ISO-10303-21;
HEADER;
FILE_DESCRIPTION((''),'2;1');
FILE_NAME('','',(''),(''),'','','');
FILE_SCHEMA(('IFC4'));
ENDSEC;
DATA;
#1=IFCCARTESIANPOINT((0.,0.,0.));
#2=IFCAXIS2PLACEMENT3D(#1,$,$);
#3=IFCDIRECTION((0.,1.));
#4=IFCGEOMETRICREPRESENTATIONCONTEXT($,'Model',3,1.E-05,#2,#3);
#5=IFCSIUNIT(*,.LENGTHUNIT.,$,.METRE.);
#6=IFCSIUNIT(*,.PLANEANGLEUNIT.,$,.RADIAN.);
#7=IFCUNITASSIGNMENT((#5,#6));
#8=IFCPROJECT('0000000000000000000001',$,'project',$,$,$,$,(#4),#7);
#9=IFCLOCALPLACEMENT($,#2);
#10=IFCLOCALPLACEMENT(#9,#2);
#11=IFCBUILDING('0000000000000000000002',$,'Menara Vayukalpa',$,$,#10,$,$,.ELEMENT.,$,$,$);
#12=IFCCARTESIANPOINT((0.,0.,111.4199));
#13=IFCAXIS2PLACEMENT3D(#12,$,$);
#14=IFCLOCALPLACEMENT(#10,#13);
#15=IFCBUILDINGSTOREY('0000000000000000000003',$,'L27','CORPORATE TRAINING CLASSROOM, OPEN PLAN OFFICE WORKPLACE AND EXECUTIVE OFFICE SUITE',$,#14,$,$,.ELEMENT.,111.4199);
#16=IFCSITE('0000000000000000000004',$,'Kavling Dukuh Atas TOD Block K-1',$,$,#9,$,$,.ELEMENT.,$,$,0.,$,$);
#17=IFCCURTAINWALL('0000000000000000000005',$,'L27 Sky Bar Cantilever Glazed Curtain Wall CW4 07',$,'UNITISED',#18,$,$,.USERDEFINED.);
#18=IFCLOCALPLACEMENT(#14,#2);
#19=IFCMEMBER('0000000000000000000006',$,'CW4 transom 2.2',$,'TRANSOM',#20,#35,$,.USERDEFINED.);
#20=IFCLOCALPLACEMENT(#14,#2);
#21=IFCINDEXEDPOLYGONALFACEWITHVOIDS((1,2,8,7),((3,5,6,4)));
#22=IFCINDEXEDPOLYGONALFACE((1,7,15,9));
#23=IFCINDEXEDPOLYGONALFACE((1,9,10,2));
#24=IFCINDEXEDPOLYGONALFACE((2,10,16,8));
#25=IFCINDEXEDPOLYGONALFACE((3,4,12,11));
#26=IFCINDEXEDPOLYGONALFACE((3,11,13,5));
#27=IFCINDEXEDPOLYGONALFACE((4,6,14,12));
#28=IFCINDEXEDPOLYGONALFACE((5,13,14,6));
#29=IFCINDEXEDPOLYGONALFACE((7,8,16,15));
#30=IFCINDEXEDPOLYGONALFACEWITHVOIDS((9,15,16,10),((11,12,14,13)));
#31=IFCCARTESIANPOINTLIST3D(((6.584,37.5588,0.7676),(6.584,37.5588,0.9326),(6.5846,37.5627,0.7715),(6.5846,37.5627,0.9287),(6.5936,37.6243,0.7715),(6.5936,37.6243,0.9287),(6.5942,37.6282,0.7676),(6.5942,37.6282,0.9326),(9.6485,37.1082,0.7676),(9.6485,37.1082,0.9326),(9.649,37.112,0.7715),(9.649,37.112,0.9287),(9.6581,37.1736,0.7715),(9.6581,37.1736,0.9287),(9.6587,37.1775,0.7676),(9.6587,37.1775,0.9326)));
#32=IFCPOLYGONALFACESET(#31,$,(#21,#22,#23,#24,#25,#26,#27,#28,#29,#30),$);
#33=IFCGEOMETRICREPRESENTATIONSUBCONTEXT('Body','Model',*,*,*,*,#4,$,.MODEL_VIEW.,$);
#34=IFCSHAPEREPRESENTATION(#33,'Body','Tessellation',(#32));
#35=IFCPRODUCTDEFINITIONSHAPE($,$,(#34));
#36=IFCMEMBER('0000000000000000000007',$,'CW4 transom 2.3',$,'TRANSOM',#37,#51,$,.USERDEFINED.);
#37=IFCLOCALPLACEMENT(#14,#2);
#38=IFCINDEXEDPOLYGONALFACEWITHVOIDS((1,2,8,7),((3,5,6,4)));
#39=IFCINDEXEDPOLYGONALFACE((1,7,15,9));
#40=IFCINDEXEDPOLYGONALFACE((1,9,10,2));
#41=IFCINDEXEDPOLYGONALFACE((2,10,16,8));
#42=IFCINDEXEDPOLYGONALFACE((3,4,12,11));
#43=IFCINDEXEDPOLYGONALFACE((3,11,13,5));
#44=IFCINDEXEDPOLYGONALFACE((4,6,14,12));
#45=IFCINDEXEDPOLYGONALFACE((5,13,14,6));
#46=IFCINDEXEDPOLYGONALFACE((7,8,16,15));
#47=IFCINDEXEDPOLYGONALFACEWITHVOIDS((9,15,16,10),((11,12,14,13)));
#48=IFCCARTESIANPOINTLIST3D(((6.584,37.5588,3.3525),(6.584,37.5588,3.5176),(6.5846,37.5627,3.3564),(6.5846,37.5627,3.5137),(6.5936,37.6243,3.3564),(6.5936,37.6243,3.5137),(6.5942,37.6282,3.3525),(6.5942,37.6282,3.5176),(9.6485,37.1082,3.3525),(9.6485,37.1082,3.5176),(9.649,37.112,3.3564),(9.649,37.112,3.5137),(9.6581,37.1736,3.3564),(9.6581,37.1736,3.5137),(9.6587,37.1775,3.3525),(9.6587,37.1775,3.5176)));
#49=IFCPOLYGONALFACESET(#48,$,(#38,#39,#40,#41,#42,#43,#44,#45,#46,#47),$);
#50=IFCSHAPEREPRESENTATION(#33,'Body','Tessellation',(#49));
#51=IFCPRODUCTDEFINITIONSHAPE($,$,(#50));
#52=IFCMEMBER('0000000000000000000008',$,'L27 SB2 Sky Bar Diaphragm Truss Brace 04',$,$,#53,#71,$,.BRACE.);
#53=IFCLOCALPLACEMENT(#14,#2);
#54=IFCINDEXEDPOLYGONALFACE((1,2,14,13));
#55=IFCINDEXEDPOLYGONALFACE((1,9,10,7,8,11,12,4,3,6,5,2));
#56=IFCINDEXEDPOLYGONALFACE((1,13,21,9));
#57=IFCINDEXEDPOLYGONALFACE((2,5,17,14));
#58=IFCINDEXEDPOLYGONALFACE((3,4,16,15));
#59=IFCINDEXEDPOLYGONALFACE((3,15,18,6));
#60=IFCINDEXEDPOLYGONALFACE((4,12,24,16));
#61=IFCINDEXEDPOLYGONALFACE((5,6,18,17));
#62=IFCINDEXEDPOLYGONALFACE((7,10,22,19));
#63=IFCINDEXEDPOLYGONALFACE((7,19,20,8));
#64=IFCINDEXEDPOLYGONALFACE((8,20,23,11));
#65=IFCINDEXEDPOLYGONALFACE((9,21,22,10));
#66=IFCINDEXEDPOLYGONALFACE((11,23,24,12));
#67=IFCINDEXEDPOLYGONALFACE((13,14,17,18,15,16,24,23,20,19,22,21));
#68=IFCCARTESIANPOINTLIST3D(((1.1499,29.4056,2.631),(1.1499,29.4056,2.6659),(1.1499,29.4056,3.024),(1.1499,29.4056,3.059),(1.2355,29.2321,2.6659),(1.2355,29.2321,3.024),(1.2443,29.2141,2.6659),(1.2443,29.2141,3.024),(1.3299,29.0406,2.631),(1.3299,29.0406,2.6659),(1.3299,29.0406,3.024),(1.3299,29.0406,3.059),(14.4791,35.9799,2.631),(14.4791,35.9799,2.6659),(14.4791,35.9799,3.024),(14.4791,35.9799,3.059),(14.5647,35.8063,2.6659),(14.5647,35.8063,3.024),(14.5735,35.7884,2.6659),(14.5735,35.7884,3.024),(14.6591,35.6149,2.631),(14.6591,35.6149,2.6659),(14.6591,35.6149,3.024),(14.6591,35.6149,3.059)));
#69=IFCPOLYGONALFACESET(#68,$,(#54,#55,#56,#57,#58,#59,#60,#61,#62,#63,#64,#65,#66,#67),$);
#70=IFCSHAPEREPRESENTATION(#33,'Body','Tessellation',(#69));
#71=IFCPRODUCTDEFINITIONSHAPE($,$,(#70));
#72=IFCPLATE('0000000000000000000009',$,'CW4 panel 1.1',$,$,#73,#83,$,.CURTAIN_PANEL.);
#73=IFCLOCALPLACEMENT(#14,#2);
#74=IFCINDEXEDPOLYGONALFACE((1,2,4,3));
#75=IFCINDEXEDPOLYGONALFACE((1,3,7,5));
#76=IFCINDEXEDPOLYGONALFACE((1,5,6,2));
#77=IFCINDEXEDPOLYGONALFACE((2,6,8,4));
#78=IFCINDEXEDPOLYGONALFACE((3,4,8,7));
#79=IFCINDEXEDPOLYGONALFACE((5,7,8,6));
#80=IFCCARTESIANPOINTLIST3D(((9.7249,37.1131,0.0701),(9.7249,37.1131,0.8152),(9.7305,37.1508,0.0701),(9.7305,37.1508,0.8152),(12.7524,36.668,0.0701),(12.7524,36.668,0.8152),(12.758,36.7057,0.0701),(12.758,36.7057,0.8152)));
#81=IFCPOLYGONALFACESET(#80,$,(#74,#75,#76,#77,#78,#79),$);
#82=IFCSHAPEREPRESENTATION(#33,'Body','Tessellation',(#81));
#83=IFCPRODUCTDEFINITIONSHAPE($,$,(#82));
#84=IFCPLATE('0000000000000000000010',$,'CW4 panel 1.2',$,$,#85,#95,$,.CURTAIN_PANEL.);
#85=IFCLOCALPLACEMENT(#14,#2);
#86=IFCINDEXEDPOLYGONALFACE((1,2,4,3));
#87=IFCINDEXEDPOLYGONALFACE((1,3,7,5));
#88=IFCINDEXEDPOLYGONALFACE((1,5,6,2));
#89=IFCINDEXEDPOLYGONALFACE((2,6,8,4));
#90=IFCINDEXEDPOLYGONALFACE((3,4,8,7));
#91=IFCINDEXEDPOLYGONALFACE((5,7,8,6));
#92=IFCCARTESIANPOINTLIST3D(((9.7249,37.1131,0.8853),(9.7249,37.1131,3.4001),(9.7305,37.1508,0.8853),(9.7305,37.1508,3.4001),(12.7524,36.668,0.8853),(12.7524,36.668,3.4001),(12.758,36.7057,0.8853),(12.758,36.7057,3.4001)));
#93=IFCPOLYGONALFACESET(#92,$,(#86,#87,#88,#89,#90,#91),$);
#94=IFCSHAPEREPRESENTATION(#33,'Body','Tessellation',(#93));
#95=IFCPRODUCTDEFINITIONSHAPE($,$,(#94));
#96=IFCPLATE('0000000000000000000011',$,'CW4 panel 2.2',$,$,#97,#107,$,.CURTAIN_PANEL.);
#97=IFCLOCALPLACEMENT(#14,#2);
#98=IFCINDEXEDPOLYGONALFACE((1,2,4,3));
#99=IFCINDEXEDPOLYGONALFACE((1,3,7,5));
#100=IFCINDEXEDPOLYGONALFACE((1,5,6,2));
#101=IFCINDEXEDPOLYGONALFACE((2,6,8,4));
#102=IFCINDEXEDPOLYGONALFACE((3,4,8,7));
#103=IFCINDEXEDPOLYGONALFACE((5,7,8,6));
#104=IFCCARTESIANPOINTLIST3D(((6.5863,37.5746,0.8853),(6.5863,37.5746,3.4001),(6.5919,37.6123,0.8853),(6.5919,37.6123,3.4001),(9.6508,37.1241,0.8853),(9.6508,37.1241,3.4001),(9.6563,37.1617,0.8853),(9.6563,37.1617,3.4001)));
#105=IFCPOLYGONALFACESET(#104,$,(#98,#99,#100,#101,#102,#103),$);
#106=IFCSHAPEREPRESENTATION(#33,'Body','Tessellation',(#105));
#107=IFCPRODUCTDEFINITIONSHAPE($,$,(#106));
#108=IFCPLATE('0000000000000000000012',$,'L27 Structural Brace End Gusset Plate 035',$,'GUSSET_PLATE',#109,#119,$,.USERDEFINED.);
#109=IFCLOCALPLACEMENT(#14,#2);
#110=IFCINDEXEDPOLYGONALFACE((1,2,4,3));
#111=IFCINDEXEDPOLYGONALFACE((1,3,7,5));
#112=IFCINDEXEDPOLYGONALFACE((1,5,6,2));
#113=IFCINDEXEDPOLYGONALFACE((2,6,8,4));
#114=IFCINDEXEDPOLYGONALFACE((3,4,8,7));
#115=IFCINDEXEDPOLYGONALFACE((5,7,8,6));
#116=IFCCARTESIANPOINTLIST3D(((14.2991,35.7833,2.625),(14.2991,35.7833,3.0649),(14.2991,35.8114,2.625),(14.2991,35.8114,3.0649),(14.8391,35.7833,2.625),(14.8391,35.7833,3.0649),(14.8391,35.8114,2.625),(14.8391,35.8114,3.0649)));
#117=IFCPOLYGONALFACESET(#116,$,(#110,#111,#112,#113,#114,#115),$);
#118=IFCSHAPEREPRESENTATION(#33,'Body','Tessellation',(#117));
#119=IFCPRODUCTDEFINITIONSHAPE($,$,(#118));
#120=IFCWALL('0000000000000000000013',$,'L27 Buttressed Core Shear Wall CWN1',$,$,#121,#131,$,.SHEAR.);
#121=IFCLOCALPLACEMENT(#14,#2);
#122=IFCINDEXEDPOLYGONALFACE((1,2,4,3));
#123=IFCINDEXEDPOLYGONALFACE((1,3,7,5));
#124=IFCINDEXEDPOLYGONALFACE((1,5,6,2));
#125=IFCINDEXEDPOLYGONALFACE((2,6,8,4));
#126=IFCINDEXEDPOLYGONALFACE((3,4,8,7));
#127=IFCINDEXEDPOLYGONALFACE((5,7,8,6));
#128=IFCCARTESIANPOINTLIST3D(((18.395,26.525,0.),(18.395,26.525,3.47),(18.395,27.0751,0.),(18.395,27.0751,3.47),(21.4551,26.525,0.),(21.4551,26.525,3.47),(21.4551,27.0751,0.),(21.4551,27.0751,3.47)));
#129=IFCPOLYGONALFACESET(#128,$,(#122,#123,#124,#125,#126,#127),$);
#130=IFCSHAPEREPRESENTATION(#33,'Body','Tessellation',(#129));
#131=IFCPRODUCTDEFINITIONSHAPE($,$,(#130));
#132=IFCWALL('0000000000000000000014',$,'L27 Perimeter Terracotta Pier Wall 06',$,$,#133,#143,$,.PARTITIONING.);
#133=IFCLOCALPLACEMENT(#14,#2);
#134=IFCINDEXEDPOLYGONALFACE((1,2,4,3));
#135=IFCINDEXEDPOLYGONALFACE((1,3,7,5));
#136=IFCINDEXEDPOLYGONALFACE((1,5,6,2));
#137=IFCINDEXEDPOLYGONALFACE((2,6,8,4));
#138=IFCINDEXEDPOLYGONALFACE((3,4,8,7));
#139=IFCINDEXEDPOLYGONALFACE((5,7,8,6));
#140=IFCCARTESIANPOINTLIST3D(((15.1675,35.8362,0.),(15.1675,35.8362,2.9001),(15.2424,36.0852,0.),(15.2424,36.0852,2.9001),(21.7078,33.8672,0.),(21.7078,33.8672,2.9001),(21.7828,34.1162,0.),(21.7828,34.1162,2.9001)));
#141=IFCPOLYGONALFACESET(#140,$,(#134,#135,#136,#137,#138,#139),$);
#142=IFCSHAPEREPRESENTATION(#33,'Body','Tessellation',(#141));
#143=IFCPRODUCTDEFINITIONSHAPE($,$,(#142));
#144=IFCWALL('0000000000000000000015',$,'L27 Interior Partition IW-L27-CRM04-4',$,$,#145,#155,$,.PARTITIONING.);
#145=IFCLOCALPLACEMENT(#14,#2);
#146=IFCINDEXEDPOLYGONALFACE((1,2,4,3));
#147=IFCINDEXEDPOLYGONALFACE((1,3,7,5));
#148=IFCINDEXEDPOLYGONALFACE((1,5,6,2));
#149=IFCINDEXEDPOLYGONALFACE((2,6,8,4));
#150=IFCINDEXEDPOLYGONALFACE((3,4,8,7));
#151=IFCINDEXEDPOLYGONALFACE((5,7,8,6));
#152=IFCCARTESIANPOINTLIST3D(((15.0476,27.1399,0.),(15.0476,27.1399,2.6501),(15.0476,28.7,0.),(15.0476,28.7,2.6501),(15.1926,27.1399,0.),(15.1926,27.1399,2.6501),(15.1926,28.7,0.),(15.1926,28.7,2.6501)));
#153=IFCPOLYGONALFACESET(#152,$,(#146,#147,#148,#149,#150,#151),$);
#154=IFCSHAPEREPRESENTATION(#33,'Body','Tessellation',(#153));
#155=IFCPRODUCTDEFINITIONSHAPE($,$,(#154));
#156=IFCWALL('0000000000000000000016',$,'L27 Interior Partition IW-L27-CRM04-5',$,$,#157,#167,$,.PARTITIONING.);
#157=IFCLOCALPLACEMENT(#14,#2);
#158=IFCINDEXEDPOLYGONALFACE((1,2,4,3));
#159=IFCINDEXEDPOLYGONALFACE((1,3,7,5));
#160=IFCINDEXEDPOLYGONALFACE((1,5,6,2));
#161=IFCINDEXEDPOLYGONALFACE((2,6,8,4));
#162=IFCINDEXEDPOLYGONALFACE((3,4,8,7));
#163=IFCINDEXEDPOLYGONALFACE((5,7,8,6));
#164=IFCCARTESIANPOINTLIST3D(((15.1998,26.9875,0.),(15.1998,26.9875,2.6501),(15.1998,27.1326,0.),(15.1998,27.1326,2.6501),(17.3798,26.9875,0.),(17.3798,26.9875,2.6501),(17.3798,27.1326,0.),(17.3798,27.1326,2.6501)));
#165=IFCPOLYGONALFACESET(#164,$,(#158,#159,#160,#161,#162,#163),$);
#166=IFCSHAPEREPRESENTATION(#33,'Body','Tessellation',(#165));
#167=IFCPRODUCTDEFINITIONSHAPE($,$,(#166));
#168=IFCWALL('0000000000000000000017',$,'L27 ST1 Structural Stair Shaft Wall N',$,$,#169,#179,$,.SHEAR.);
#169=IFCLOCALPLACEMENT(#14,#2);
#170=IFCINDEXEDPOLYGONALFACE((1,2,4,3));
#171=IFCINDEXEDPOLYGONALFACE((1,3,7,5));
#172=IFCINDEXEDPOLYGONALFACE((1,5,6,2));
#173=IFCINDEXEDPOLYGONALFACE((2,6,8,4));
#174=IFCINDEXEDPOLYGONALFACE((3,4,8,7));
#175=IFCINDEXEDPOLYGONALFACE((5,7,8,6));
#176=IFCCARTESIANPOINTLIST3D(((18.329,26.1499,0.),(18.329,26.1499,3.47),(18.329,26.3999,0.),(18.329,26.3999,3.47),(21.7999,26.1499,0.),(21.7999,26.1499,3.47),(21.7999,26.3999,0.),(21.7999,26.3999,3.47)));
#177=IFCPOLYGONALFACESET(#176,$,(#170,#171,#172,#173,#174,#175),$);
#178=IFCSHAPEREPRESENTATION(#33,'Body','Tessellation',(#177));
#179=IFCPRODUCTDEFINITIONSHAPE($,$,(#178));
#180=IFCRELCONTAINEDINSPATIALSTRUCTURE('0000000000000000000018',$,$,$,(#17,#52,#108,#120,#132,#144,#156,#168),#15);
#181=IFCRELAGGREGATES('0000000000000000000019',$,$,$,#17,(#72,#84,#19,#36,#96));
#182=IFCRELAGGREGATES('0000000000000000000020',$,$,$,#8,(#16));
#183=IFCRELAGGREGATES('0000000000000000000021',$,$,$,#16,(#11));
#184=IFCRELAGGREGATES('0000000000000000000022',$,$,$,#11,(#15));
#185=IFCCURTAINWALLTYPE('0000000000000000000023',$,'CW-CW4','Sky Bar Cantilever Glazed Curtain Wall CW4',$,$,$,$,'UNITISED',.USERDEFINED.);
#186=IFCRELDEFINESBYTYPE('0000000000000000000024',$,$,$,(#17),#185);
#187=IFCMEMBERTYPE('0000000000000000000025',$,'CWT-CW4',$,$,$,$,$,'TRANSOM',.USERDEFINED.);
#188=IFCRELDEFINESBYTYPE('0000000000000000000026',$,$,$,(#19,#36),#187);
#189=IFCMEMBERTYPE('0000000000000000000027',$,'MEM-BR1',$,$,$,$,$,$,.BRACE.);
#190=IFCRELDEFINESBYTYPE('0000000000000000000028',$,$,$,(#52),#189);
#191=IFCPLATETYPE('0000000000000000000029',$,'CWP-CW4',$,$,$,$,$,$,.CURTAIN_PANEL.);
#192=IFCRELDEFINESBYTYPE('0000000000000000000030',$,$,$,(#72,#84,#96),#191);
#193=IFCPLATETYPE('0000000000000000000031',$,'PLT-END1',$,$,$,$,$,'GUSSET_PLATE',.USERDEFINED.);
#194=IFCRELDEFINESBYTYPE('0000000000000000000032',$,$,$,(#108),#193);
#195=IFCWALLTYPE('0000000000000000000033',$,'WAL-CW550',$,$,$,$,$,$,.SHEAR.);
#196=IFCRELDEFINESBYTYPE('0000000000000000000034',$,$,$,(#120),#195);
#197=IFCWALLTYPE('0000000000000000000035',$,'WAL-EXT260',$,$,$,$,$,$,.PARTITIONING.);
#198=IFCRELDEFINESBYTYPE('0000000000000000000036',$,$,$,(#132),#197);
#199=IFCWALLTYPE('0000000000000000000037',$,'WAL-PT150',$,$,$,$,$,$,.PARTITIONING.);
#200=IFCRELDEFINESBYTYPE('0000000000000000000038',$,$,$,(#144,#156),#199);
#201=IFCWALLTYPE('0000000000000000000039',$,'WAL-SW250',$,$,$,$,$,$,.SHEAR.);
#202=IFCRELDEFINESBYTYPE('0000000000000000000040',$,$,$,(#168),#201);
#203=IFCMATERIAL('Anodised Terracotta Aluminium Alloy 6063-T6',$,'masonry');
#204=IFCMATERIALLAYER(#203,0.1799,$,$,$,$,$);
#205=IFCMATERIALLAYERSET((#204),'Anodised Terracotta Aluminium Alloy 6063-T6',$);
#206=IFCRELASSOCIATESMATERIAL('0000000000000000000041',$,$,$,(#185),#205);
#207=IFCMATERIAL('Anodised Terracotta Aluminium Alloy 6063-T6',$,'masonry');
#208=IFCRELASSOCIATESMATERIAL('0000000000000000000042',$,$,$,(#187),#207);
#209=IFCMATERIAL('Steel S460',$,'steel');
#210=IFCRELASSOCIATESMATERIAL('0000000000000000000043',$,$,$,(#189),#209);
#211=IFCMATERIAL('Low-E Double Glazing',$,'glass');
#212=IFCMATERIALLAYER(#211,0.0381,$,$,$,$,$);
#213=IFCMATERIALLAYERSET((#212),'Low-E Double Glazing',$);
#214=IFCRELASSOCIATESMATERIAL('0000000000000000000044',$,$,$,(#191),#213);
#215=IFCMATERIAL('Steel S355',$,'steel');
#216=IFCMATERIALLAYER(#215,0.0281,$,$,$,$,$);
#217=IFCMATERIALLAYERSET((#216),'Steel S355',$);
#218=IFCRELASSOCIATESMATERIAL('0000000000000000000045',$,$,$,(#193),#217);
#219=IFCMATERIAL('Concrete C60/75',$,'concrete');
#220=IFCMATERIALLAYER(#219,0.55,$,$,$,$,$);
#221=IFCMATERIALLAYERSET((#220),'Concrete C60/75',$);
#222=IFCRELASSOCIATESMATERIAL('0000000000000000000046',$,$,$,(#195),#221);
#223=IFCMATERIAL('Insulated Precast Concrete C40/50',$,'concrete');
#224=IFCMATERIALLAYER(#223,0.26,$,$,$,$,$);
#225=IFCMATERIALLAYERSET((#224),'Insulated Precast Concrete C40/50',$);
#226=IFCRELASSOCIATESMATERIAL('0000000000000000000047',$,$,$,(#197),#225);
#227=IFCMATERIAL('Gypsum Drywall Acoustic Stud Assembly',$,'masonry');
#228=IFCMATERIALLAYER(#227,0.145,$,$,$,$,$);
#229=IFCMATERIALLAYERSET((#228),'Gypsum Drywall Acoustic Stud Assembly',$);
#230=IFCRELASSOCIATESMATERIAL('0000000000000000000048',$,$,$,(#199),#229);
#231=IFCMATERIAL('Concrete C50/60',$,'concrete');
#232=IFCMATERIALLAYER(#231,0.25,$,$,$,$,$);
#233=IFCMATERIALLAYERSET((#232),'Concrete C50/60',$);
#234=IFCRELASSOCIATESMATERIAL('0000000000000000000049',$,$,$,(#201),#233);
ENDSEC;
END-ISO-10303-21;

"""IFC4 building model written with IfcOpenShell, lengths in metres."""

from ifc_helpers import new_model, si_unit, direction, frame, frame_2d, origin, origin_2d, place, context, subcontext, project, spatial, rectangle, hollow_rectangle, i_section, extrude, material, layer, layer_set, material_profile, profile_set, type_object, element, aggregate, save


model = new_model("IFC4")

# Units and contexts
model_context = context("Model", 3, precision=1e-05, world=origin(), true_north=direction((0.0, 1.0)))
body_context = subcontext(model_context, "Body", "Model", "MODEL_VIEW")
ifc_project = project(units=[si_unit("LENGTHUNIT", "METRE"), si_unit("PLANEANGLEUNIT", "RADIAN")], contexts=[model_context])

# Site, building, storey
site_placement = place(None, origin())
site = spatial("IfcSite", under=ifc_project, at=site_placement, Name="Kavling Dukuh Atas TOD Block K-1", CompositionType="ELEMENT", RefElevation=0.0)
building_placement = place(site_placement, origin())
building = spatial("IfcBuilding", under=site, at=building_placement, Name="Menara Vayukalpa", CompositionType="ELEMENT")
storey_placement = place(building_placement, frame((0.0, 0.0, 111.4199)))
storey = spatial("IfcBuildingStorey", under=building, at=storey_placement, Name="L27", Description="CORPORATE TRAINING CLASSROOM, OPEN PLAN OFFICE WORKPLACE AND EXECUTIVE OFFICE SUITE", CompositionType="ELEMENT", Elevation=111.4199)

# Curtain wall, members
ifc_material_1 = material(Name="Anodised Terracotta Aluminium Alloy 6063-T6", Category="masonry")
ifc_layer_1 = layer(ifc_material_1, 0.1799)
ifc_layer_set_1 = layer_set([ifc_layer_1], Name="Anodised Terracotta Aluminium Alloy 6063-T6")
curtain_wall_type = type_object("IfcCurtainWallType", Name="CW-CW4", Description="Sky Bar Cantilever Glazed Curtain Wall CW4", ElementType="UNITISED", PredefinedType="USERDEFINED", material=ifc_layer_set_1)
curtain_wall_placement = place(storey_placement, origin())
curtain_wall = element("IfcCurtainWall", 1, at=curtain_wall_placement, inside=storey, type_object=curtain_wall_type, Name="L27 Sky Bar Cantilever Glazed Curtain Wall CW4 07", ObjectType="UNITISED", PredefinedType="USERDEFINED")
ifc_material_2 = material(Name="Anodised Terracotta Aluminium Alloy 6063-T6", Category="masonry")
ifc_material_profile_1 = material_profile(ifc_material_2, hollow_rectangle(XDim=0.0701, YDim=0.165, WallThickness=0.0039, at=origin_2d()), Name="ALU 70x165x4")
ifc_profile_set_1 = profile_set([ifc_material_profile_1], Name="Anodised Terracotta Aluminium Alloy 6063-T6")
member_type_1 = type_object("IfcMemberType", Name="CWT-CW4", ElementType="TRANSOM", PredefinedType="USERDEFINED", material=ifc_profile_set_1)
member_1_placement = place(storey_placement, frame((9.6536, 37.1428, 0.8501), z_axis=(-0.989358, 0.145503, 0.0), x_axis=(-0.145503, -0.989358, 0.0)))
member_1 = element("IfcMember", 2, at=member_1_placement, type_object=member_type_1, Name="CW4 transom 2.2", ObjectType="TRANSOM", PredefinedType="USERDEFINED", context=body_context, shape_type="SweptSolid", body=[
    extrude(hollow_rectangle(XDim=0.0701, YDim=0.165, WallThickness=0.0039, at=origin_2d()), origin(), (0.0, 0.0, 1.0), 3.0974),
])
member_2_placement = place(storey_placement, frame((9.6536, 37.1428, 3.4351), z_axis=(-0.989358, 0.145503, 0.0), x_axis=(-0.145503, -0.989358, 0.0)))
member_2 = element("IfcMember", 3, at=member_2_placement, type_object=member_type_1, Name="CW4 transom 2.3", ObjectType="TRANSOM", PredefinedType="USERDEFINED", context=body_context, shape_type="SweptSolid", body=[
    extrude(hollow_rectangle(XDim=0.0701, YDim=0.165, WallThickness=0.0039, at=origin_2d()), origin(), (0.0, 0.0, 1.0), 3.0974),
])

# Member
ifc_material_3 = material(Name="Steel S460", Category="steel")
ifc_material_profile_2 = material_profile(ifc_material_3, i_section(OverallWidth=0.407, OverallDepth=0.428, WebThickness=0.02, FlangeThickness=0.0349, at=origin_2d()), Name="H 428x407x20x35")
ifc_profile_set_2 = profile_set([ifc_material_profile_2], Name="Steel S460")
member_type_2 = type_object("IfcMemberType", Name="MEM-BR1", PredefinedType="BRACE", material=ifc_profile_set_2)
member_3_placement = place(storey_placement, frame((14.5691, 35.7974, 2.845), z_axis=(-0.896845, -0.442345, 0.0), x_axis=(0.442345, -0.896845, 0.0)))
element("IfcMember", 4, at=member_3_placement, inside=storey, type_object=member_type_2, Name="L27 SB2 Sky Bar Diaphragm Truss Brace 04", PredefinedType="BRACE", context=body_context, shape_type="SweptSolid", body=[
    extrude(i_section(OverallWidth=0.407, OverallDepth=0.428, WebThickness=0.02, FlangeThickness=0.0349, at=origin_2d()), origin(), (0.0, 0.0, 1.0), 14.8623),
])

# Plates
ifc_material_4 = material(Name="Low-E Double Glazing", Category="glass")
ifc_layer_2 = layer(ifc_material_4, 0.0381)
ifc_layer_set_2 = layer_set([ifc_layer_2], Name="Low-E Double Glazing")
plate_type_1 = type_object("IfcPlateType", Name="CWP-CW4", PredefinedType="CURTAIN_PANEL", material=ifc_layer_set_2)
plate_1_placement = place(storey_placement, frame((11.2415, 36.9094, 0.0701), z_axis=(0.0, 0.0, 1.0), x_axis=(-0.989365, 0.145451, 0.0)))
plate_1 = element("IfcPlate", 5, at=plate_1_placement, type_object=plate_type_1, Name="CW4 panel 1.1", PredefinedType="CURTAIN_PANEL", context=body_context, shape_type="SweptSolid", body=[
    extrude(rectangle(XDim=3.0601, YDim=0.0381, at=origin_2d()), origin(), (0.0, 0.0, 1.0), 0.7451),
])
plate_2_placement = place(storey_placement, frame((11.2415, 36.9094, 0.8853), z_axis=(0.0, 0.0, 1.0), x_axis=(-0.989365, 0.145451, 0.0)))
plate_2 = element("IfcPlate", 6, at=plate_2_placement, type_object=plate_type_1, Name="CW4 panel 1.2", PredefinedType="CURTAIN_PANEL", context=body_context, shape_type="SweptSolid", body=[
    extrude(rectangle(XDim=3.0601, YDim=0.0381, at=origin_2d()), origin(), (0.0, 0.0, 1.0), 2.5149),
])
plate_3_placement = place(storey_placement, frame((8.1213, 37.3682, 0.8853), z_axis=(0.0, 0.0, 1.0), x_axis=(-0.989365, 0.145451, 0.0)))
plate_3 = element("IfcPlate", 7, at=plate_3_placement, type_object=plate_type_1, Name="CW4 panel 2.2", PredefinedType="CURTAIN_PANEL", context=body_context, shape_type="SweptSolid", body=[
    extrude(rectangle(XDim=3.0974, YDim=0.0381, at=origin_2d()), origin(), (0.0, 0.0, 1.0), 2.5149),
])
aggregate(curtain_wall, [plate_1, plate_2, member_1, member_2, plate_3])
ifc_material_5 = material(Name="Steel S355", Category="steel")
ifc_layer_3 = layer(ifc_material_5, 0.0281)
ifc_layer_set_3 = layer_set([ifc_layer_3], Name="Steel S355")
plate_type_2 = type_object("IfcPlateType", Name="PLT-END1", ElementType="GUSSET_PLATE", PredefinedType="USERDEFINED", material=ifc_layer_set_3)
plate_4_placement = place(storey_placement, frame((14.5691, 35.7974, 2.625), z_axis=(0.0, 0.0, 1.0), x_axis=(1.0, 0.0, 0.0)))
element("IfcPlate", 8, at=plate_4_placement, inside=storey, type_object=plate_type_2, Name="L27 Structural Brace End Gusset Plate 035", ObjectType="GUSSET_PLATE", PredefinedType="USERDEFINED", context=body_context, shape_type="SweptSolid", body=[
    extrude(rectangle(XDim=0.54, YDim=0.0281, at=origin_2d()), origin(), (0.0, 0.0, 1.0), 0.4399),
])

# Walls
ifc_material_6 = material(Name="Concrete C60/75", Category="concrete")
ifc_layer_4 = layer(ifc_material_6, 0.55)
ifc_layer_set_4 = layer_set([ifc_layer_4], Name="Concrete C60/75")
wall_type_1 = type_object("IfcWallType", Name="WAL-CW550", PredefinedType="SHEAR", material=ifc_layer_set_4)
wall_1_placement = place(storey_placement, frame((18.395, 26.8, 0.0), z_axis=(0.0, 0.0, 1.0), x_axis=(1.0, 0.0, 0.0)))
element("IfcWall", 9, at=wall_1_placement, inside=storey, type_object=wall_type_1, Name="L27 Buttressed Core Shear Wall CWN1", PredefinedType="SHEAR", context=body_context, shape_type="SweptSolid", body=[
    extrude(rectangle(XDim=3.0601, YDim=0.55, at=frame_2d((1.53, 0.0))), origin(), (0.0, 0.0, 1.0), 3.47),
])
ifc_material_7 = material(Name="Insulated Precast Concrete C40/50", Category="concrete")
ifc_layer_5 = layer(ifc_material_7, 0.26)
ifc_layer_set_5 = layer_set([ifc_layer_5], Name="Insulated Precast Concrete C40/50")
wall_type_2 = type_object("IfcWallType", Name="WAL-EXT260", PredefinedType="PARTITIONING", material=ifc_layer_set_5)
wall_2_placement = place(storey_placement, frame((15.2051, 35.9607, 0.0), z_axis=(0.0, 0.0, 1.0), x_axis=(0.957547, -0.288276, 0.0)))
element("IfcWall", 10, at=wall_2_placement, inside=storey, type_object=wall_type_2, Name="L27 Perimeter Terracotta Pier Wall 06", PredefinedType="PARTITIONING", context=body_context, shape_type="SweptSolid", body=[
    extrude(rectangle(XDim=6.8303, YDim=0.26, at=frame_2d((3.415, 0.0))), origin(), (0.0, 0.0, 1.0), 2.9001),
])
ifc_material_8 = material(Name="Gypsum Drywall Acoustic Stud Assembly", Category="masonry")
ifc_layer_6 = layer(ifc_material_8, 0.145)
ifc_layer_set_6 = layer_set([ifc_layer_6], Name="Gypsum Drywall Acoustic Stud Assembly")
wall_type_3 = type_object("IfcWallType", Name="WAL-PT150", PredefinedType="PARTITIONING", material=ifc_layer_set_6)
wall_3_placement = place(storey_placement, frame((15.1201, 28.7, 0.0), z_axis=(0.0, 0.0, 1.0), x_axis=(0.0, -1.0, 0.0)))
element("IfcWall", 11, at=wall_3_placement, inside=storey, type_object=wall_type_3, Name="L27 Interior Partition IW-L27-CRM04-4", PredefinedType="PARTITIONING", context=body_context, shape_type="SweptSolid", body=[
    extrude(rectangle(XDim=1.5601, YDim=0.145, at=frame_2d((0.78, 0.0))), origin(), (0.0, 0.0, 1.0), 2.6501),
])
wall_4_placement = place(storey_placement, frame((15.2, 27.0601, 0.0), z_axis=(0.0, 0.0, 1.0), x_axis=(1.0, 0.0, 0.0)))
element("IfcWall", 12, at=wall_4_placement, inside=storey, type_object=wall_type_3, Name="L27 Interior Partition IW-L27-CRM04-5", PredefinedType="PARTITIONING", context=body_context, shape_type="SweptSolid", body=[
    extrude(rectangle(XDim=2.1799, YDim=0.145, at=frame_2d((1.0898, 0.0))), origin(), (0.0, 0.0, 1.0), 2.6501),
])
ifc_material_9 = material(Name="Concrete C50/60", Category="concrete")
ifc_layer_7 = layer(ifc_material_9, 0.25)
ifc_layer_set_7 = layer_set([ifc_layer_7], Name="Concrete C50/60")
wall_type_4 = type_object("IfcWallType", Name="WAL-SW250", PredefinedType="SHEAR", material=ifc_layer_set_7)
wall_5_placement = place(storey_placement, frame((18.3291, 26.2749, 0.0), z_axis=(0.0, 0.0, 1.0), x_axis=(1.0, 0.0, 0.0)))
element("IfcWall", 13, at=wall_5_placement, inside=storey, type_object=wall_type_4, Name="L27 ST1 Structural Stair Shaft Wall N", PredefinedType="SHEAR", context=body_context, shape_type="SweptSolid", body=[
    extrude(rectangle(XDim=3.4709, YDim=0.25, at=frame_2d((1.7354, 0.0))), origin(), (0.0, 0.0, 1.0), 3.47),
])

save(model, "model.ifc")
